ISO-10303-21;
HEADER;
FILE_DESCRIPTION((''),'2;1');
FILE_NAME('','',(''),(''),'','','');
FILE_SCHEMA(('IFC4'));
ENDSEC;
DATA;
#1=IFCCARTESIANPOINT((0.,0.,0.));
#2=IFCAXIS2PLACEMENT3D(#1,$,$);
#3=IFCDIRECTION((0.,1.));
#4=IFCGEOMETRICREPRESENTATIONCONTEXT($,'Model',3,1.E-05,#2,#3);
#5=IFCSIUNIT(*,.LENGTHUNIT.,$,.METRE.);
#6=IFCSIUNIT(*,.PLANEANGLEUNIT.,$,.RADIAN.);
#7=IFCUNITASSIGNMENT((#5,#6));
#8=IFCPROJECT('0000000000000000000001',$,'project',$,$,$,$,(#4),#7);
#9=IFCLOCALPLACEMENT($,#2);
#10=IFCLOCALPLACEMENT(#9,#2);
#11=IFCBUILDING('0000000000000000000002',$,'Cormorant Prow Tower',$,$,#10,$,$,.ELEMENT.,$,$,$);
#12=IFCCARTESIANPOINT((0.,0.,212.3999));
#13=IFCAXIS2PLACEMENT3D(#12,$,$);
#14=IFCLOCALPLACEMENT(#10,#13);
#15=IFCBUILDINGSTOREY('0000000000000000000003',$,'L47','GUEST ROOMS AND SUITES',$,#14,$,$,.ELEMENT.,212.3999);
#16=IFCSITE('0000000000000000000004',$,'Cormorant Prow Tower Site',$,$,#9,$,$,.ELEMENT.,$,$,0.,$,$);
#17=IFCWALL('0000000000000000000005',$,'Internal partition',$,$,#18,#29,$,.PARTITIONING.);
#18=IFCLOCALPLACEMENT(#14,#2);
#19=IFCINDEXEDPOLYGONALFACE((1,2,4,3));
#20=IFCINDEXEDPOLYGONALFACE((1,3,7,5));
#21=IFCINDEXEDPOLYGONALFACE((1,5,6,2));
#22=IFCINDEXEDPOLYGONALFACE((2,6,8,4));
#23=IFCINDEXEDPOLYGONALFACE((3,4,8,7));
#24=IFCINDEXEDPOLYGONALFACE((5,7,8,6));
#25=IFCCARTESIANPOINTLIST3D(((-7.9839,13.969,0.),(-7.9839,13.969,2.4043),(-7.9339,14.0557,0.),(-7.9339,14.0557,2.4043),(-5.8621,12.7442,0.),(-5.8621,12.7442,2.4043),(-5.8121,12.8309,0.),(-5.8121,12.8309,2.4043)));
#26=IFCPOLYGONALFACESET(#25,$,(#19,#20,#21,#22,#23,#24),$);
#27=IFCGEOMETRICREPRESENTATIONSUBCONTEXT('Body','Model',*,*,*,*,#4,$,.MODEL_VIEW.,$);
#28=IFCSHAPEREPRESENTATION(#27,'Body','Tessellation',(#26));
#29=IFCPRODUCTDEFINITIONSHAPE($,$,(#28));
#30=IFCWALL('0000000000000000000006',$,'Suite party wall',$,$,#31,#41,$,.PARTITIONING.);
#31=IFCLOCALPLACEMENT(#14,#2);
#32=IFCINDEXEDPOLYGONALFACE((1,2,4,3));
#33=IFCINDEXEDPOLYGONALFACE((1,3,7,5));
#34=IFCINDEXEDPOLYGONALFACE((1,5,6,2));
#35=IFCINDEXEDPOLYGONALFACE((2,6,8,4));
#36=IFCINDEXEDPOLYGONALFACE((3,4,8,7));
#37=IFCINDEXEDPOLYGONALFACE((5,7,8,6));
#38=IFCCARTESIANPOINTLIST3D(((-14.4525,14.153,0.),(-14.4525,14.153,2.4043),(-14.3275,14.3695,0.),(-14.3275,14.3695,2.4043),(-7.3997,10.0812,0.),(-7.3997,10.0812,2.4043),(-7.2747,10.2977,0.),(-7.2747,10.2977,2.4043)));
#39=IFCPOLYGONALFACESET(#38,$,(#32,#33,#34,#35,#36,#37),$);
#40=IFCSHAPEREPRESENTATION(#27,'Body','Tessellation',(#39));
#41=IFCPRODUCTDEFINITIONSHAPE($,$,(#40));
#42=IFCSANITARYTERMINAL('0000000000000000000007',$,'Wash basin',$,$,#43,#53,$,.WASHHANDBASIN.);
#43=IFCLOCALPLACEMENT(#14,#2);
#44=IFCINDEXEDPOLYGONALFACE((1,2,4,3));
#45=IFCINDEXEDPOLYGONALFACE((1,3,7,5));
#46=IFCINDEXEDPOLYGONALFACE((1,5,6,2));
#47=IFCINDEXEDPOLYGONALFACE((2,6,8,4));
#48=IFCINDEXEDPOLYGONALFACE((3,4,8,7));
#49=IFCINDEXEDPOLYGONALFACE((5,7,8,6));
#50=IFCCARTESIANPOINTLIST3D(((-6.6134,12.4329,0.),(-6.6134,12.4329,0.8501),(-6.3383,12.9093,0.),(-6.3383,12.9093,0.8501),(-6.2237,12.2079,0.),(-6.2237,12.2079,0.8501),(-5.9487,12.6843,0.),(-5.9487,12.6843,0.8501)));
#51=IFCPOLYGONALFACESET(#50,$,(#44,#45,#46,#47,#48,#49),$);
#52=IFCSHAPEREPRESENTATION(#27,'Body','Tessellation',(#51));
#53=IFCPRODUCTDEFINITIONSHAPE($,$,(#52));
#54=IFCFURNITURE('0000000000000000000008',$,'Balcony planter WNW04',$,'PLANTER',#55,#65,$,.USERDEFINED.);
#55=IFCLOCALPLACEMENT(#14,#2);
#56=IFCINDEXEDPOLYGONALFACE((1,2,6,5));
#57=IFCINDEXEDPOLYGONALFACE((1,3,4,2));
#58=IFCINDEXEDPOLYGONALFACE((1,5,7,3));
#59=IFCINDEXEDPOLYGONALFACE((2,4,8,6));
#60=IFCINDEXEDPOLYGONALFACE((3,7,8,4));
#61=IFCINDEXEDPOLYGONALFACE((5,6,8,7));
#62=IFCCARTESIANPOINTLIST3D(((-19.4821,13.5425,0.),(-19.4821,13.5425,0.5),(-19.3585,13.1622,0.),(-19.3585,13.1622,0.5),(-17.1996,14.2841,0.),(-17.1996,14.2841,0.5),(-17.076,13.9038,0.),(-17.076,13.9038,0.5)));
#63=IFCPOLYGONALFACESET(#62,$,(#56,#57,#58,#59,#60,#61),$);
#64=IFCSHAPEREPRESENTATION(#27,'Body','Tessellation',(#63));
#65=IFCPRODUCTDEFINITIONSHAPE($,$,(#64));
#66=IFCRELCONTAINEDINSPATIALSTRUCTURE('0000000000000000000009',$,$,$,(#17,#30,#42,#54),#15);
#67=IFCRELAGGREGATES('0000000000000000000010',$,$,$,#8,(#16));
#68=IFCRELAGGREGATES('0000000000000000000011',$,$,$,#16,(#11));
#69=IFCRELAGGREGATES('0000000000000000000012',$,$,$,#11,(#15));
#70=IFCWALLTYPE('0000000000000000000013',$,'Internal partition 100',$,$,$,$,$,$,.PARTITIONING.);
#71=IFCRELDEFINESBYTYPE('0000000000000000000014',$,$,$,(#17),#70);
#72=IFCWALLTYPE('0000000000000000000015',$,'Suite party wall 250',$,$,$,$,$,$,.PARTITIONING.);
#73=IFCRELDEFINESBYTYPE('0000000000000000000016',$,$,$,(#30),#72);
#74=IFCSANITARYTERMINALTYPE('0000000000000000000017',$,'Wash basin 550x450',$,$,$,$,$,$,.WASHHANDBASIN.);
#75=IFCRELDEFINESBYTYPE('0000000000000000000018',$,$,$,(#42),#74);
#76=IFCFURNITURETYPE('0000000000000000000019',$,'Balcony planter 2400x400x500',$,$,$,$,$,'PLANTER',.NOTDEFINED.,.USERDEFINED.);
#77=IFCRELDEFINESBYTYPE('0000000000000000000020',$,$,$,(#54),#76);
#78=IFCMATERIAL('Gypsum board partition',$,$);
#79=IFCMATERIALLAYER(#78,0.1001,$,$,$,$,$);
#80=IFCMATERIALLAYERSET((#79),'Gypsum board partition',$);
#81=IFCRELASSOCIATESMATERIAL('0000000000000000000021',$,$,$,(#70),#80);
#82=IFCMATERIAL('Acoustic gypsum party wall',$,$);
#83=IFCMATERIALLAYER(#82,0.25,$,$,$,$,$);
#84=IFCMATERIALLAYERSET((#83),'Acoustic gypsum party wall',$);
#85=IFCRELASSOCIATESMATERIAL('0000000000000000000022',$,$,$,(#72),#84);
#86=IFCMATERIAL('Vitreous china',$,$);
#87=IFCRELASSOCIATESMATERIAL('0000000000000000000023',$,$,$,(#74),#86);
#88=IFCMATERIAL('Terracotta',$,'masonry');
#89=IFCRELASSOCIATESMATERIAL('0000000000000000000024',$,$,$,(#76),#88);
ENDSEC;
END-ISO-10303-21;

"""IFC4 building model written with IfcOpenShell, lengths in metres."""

from ifc_helpers import new_model, si_unit, direction, frame, frame_2d, origin, origin_2d, place, context, subcontext, project, spatial, rectangle, extrude, material, layer, layer_set, type_object, element, save


model = new_model("IFC4")

# Units and contexts
model_context = context("Model", 3, precision=1e-05, world=origin(), true_north=direction((0.0, 1.0)))
body_context = subcontext(model_context, "Body", "Model", "MODEL_VIEW")
ifc_project = project(units=[si_unit("LENGTHUNIT", "METRE"), si_unit("PLANEANGLEUNIT", "RADIAN")], contexts=[model_context])

# Site, building, storey
site_placement = place(None, origin())
site = spatial("IfcSite", under=ifc_project, at=site_placement, Name="Cormorant Prow Tower Site", CompositionType="ELEMENT", RefElevation=0.0)
building_placement = place(site_placement, origin())
building = spatial("IfcBuilding", under=site, at=building_placement, Name="Cormorant Prow Tower", CompositionType="ELEMENT")
storey_placement = place(building_placement, frame((0.0, 0.0, 212.3999)))
storey = spatial("IfcBuildingStorey", under=building, at=storey_placement, Name="L47", Description="GUEST ROOMS AND SUITES", CompositionType="ELEMENT", Elevation=212.3999)

# Walls
ifc_material_1 = material(Name="Gypsum board partition")
ifc_layer_1 = layer(ifc_material_1, 0.1001)
ifc_layer_set_1 = layer_set([ifc_layer_1], Name="Gypsum board partition")
wall_type_1 = type_object("IfcWallType", Name="Internal partition 100", PredefinedType="PARTITIONING", material=ifc_layer_set_1)
wall_1_placement = place(storey_placement, frame((-7.959, 14.0125, 0.0), z_axis=(0.0, 0.0, 1.0), x_axis=(0.866058, -0.499944, 0.0)))
element("IfcWall", 1, at=wall_1_placement, inside=storey, type_object=wall_type_1, Name="Internal partition", PredefinedType="PARTITIONING", context=body_context, shape_type="SweptSolid", body=[
    extrude(rectangle(XDim=2.45, YDim=0.1001, at=frame_2d((1.2251, 0.0))), origin(), (0.0, 0.0, 1.0), 2.4043),
])
ifc_material_2 = material(Name="Acoustic gypsum party wall")
ifc_layer_2 = layer(ifc_material_2, 0.25)
ifc_layer_set_2 = layer_set([ifc_layer_2], Name="Acoustic gypsum party wall")
wall_type_2 = type_object("IfcWallType", Name="Suite party wall 250", PredefinedType="PARTITIONING", material=ifc_layer_set_2)
wall_2_placement = place(storey_placement, frame((-14.3899, 14.2612, 0.0), z_axis=(0.0, 0.0, 1.0), x_axis=(0.866032, -0.499989, 0.0)))
element("IfcWall", 2, at=wall_2_placement, inside=storey, type_object=wall_type_2, Name="Suite party wall", PredefinedType="PARTITIONING", context=body_context, shape_type="SweptSolid", body=[
    extrude(rectangle(XDim=8.1438, YDim=0.25, at=frame_2d((4.0718, 0.0))), origin(), (0.0, 0.0, 1.0), 2.4043),
])

# Sanitary terminal
ifc_material_3 = material(Name="Vitreous china")
sanitary_terminal_type = type_object("IfcSanitaryTerminalType", Name="Wash basin 550x450", PredefinedType="WASHHANDBASIN", material=ifc_material_3)
sanitary_terminal_placement = place(storey_placement, frame((-6.281, 12.5586, 0.0), z_axis=(0.0, 0.0, 1.0), x_axis=(-0.5, -0.866025, 0.0)))
element("IfcSanitaryTerminal", 3, at=sanitary_terminal_placement, inside=storey, type_object=sanitary_terminal_type, Name="Wash basin", PredefinedType="WASHHANDBASIN", context=body_context, shape_type="SweptSolid", body=[
    extrude(rectangle(XDim=0.55, YDim=0.45, at=origin_2d()), origin(), (0.0, 0.0, 1.0), 0.8501),
])

# Furniture
ifc_material_4 = material(Name="Terracotta", Category="masonry")
furniture_type = type_object("IfcFurnitureType", Name="Balcony planter 2400x400x500", ElementType="PLANTER", AssemblyPlace="NOTDEFINED", PredefinedType="USERDEFINED", material=ifc_material_4)
furniture_placement = place(storey_placement, frame((-18.2791, 13.7231, 0.0), z_axis=(0.0, 0.0, 1.0), x_axis=(-0.951057, -0.309017, 0.0)))
element("IfcFurniture", 4, at=furniture_placement, inside=storey, type_object=furniture_type, Name="Balcony planter WNW04", ObjectType="PLANTER", PredefinedType="USERDEFINED", context=body_context, shape_type="SweptSolid", body=[
    extrude(rectangle(XDim=2.3999, YDim=0.3999, at=origin_2d()), origin(), (0.0, 0.0, 1.0), 0.5),
])

save(model, "model.ifc")
